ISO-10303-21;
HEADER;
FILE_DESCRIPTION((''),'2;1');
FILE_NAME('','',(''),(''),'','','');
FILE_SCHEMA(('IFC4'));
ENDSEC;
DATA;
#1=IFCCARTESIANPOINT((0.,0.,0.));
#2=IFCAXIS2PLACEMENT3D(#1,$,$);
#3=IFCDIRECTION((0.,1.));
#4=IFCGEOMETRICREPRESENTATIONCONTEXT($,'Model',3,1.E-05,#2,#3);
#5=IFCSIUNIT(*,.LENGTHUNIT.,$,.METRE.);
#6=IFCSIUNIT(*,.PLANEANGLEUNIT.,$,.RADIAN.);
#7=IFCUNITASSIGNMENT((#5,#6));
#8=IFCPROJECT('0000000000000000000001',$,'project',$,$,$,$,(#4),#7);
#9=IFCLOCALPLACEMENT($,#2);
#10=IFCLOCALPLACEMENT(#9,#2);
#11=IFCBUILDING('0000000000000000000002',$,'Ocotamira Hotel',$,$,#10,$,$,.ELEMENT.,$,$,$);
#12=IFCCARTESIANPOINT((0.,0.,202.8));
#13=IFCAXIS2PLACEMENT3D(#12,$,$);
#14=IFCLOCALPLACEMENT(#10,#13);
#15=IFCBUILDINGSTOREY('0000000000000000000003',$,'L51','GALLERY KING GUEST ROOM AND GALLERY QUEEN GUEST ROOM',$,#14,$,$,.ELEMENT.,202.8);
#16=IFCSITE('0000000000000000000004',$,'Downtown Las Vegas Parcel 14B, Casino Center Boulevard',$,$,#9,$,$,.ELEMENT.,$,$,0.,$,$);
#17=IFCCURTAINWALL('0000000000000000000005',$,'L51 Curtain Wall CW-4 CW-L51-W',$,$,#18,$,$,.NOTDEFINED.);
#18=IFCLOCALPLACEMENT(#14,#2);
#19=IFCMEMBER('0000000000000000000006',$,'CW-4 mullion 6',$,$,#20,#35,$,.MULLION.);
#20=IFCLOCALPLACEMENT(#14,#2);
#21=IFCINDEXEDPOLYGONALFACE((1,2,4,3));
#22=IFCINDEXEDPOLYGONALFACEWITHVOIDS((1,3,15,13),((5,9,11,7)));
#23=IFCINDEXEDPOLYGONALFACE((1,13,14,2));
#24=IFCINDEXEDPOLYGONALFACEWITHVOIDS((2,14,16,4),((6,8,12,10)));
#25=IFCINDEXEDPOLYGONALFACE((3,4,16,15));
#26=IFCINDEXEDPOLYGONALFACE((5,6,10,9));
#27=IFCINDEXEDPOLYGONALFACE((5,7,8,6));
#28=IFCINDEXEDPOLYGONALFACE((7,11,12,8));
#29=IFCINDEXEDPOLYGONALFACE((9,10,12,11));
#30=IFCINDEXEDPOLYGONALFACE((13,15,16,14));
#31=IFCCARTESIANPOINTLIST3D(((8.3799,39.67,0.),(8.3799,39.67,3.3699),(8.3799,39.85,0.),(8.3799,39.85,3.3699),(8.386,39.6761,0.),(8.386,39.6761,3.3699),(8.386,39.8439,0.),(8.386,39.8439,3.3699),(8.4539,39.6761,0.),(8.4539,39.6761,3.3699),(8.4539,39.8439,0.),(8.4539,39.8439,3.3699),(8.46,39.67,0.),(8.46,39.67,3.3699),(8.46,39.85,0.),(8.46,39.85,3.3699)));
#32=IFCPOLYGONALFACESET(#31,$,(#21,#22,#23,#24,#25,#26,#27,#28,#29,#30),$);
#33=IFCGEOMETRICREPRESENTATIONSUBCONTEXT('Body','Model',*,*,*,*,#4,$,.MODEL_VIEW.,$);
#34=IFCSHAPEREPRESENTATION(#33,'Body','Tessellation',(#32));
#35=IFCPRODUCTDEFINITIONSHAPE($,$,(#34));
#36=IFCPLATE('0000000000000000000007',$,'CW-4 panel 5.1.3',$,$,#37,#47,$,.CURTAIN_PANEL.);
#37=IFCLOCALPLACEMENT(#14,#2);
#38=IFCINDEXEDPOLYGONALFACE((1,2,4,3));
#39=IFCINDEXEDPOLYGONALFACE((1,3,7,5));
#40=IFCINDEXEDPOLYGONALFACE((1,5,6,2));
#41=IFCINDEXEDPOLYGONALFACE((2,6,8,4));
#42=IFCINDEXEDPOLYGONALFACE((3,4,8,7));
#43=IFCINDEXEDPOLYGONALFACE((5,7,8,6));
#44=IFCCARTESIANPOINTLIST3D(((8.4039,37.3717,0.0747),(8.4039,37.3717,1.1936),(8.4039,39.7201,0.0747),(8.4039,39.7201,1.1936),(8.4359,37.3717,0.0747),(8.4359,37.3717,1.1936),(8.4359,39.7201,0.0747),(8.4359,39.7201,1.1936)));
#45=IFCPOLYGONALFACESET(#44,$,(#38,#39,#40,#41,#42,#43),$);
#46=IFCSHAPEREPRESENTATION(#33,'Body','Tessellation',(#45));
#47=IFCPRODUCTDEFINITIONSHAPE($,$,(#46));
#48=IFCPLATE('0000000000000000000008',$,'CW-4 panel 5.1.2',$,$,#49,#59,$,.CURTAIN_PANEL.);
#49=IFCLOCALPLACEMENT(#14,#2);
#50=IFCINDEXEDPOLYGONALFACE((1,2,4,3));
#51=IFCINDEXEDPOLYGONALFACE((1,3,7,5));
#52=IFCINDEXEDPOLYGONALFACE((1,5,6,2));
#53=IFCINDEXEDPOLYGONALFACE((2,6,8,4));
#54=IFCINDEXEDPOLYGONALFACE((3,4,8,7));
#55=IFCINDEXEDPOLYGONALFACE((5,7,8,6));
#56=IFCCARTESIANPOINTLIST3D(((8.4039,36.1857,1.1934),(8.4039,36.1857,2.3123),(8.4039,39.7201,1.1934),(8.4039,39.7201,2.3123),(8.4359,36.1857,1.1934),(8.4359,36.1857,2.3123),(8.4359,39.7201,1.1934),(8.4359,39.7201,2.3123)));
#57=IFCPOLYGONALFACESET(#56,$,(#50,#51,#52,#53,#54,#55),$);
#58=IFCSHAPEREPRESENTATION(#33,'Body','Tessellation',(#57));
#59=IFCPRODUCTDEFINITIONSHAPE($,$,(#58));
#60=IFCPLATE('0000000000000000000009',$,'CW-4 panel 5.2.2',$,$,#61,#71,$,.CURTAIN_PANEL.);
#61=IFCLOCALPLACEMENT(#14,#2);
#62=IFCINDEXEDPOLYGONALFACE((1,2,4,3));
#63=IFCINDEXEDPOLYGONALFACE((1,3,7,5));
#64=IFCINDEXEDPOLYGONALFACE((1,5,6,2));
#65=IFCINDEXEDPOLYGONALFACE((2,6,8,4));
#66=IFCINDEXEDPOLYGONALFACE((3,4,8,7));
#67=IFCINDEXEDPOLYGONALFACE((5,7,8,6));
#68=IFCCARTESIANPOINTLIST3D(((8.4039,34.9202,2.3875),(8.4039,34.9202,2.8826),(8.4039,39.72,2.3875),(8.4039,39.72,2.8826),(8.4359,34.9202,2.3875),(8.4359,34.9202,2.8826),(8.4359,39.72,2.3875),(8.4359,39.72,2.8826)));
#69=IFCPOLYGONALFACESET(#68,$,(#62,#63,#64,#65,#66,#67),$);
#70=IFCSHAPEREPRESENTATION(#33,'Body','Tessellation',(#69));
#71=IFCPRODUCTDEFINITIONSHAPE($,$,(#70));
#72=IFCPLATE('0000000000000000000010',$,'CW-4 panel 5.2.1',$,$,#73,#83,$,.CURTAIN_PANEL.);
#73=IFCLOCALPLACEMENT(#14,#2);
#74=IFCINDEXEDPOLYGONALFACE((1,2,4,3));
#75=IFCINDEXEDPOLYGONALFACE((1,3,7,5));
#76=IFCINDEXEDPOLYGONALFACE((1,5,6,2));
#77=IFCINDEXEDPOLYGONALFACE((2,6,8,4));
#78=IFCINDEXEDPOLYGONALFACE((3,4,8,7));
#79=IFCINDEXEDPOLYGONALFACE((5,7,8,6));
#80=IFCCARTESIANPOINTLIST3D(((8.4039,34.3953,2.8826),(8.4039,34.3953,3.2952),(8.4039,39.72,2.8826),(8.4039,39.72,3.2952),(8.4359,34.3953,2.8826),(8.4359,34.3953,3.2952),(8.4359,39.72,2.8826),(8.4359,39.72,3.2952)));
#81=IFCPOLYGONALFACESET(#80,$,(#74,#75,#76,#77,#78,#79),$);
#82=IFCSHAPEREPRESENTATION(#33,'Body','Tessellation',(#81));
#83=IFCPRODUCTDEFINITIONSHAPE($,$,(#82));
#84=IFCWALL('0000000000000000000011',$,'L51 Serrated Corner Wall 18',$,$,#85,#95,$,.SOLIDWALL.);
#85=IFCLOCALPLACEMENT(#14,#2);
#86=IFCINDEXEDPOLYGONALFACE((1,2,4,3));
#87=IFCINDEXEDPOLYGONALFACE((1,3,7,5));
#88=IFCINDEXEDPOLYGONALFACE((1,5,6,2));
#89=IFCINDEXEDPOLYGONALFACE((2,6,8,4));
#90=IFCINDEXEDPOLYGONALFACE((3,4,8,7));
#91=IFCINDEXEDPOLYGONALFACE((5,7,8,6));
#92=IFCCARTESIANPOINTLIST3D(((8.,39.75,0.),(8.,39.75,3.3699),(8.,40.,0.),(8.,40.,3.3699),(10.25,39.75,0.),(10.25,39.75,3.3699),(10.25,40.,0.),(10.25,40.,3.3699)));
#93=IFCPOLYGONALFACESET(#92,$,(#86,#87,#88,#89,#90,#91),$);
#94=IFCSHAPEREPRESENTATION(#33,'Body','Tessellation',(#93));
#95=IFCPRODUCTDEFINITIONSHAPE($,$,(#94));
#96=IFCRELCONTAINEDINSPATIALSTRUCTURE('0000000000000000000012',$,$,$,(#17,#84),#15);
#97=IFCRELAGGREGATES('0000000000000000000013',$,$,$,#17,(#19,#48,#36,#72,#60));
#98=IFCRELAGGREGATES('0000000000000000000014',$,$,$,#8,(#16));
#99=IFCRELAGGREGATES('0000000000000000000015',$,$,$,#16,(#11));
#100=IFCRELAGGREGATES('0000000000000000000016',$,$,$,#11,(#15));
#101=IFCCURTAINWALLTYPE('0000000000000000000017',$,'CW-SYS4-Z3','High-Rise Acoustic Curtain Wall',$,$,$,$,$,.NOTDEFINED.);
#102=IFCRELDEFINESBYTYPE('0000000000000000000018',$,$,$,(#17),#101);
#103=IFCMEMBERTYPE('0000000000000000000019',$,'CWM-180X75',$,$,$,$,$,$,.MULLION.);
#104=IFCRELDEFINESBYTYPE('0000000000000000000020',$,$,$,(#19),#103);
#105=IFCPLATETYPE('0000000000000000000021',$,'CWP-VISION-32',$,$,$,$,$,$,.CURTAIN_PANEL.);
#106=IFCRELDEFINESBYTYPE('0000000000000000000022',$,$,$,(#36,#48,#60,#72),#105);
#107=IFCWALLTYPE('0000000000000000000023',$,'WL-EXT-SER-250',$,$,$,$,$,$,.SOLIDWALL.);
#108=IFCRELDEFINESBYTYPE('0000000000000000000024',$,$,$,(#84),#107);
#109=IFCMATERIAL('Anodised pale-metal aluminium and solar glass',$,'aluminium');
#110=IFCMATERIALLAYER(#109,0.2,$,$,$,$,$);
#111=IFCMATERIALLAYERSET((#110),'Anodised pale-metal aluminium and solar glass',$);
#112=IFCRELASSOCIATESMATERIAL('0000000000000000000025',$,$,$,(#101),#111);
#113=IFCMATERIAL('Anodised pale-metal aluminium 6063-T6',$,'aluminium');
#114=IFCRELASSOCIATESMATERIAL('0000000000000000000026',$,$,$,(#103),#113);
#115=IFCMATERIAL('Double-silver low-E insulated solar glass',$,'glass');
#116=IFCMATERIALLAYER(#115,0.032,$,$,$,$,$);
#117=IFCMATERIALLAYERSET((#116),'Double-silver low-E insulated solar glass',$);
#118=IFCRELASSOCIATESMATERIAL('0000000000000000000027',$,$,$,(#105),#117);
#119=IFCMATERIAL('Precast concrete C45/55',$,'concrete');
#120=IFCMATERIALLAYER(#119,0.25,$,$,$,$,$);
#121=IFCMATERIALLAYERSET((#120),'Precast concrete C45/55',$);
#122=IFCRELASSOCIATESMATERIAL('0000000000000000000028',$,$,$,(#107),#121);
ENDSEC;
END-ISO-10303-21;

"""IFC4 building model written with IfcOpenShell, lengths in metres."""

from ifc_helpers import new_model, si_unit, direction, frame, frame_2d, origin, origin_2d, place, context, subcontext, project, spatial, rectangle, hollow_rectangle, extrude, source, transform, mapped, material, layer, layer_set, material_profile, profile_set, type_object, element, aggregate, save


model = new_model("IFC4")

# Units and contexts
model_context = context("Model", 3, precision=1e-05, world=origin(), true_north=direction((0.0, 1.0)))
body_context = subcontext(model_context, "Body", "Model", "MODEL_VIEW")
ifc_project = project(units=[si_unit("LENGTHUNIT", "METRE"), si_unit("PLANEANGLEUNIT", "RADIAN")], contexts=[model_context])

# Site, building, storey
site_placement = place(None, origin())
site = spatial("IfcSite", under=ifc_project, at=site_placement, Name="Downtown Las Vegas Parcel 14B, Casino Center Boulevard", CompositionType="ELEMENT", RefElevation=0.0)
building_placement = place(site_placement, origin())
building = spatial("IfcBuilding", under=site, at=building_placement, Name="Ocotamira Hotel", CompositionType="ELEMENT")
storey_placement = place(building_placement, frame((0.0, 0.0, 202.8)))
storey = spatial("IfcBuildingStorey", under=building, at=storey_placement, Name="L51", Description="GALLERY KING GUEST ROOM AND GALLERY QUEEN GUEST ROOM", CompositionType="ELEMENT", Elevation=202.8)

# Curtain wall, member, plates
ifc_material_1 = material(Name="Anodised pale-metal aluminium and solar glass", Category="aluminium")
ifc_layer_1 = layer(ifc_material_1, 0.2)
ifc_layer_set_1 = layer_set([ifc_layer_1], Name="Anodised pale-metal aluminium and solar glass")
curtain_wall_type = type_object("IfcCurtainWallType", Name="CW-SYS4-Z3", Description="High-Rise Acoustic Curtain Wall", PredefinedType="NOTDEFINED", material=ifc_layer_set_1)
curtain_wall_placement = place(storey_placement, origin())
curtain_wall = element("IfcCurtainWall", 1, at=curtain_wall_placement, inside=storey, type_object=curtain_wall_type, Name="L51 Curtain Wall CW-4 CW-L51-W", PredefinedType="NOTDEFINED")
ifc_material_2 = material(Name="Anodised pale-metal aluminium 6063-T6", Category="aluminium")
ifc_material_profile_1 = material_profile(ifc_material_2, hollow_rectangle(XDim=0.0801, YDim=0.1799, WallThickness=0.0061, at=origin_2d()), Name="HSS180X80X6")
ifc_profile_set_1 = profile_set([ifc_material_profile_1], Name="Anodised pale-metal aluminium 6063-T6")
member_type_1 = type_object("IfcMemberType", Name="CWM-180X75", PredefinedType="MULLION", material=ifc_profile_set_1)
shared_shape_1 = source(origin(), body_context, "Body", "SweptSolid", [
    extrude(hollow_rectangle(XDim=0.0801, YDim=0.1799, WallThickness=0.0061, at=origin_2d()), origin(), (0.0, 0.0, 1.0), 3.3699),
])
member_1_placement = place(storey_placement, frame((8.4199, 39.76, 0.0), z_axis=(0.0, 0.0, 1.0), x_axis=(-1.0, 0.0, 0.0)))
member_1 = element("IfcMember", 2, at=member_1_placement, type_object=member_type_1, Name="CW-4 mullion 6", PredefinedType="MULLION", context=body_context, shape_type="MappedRepresentation", body=[
    mapped(shared_shape_1, transform((0.0, 0.0, 0.0), scale=1.0)),
])
ifc_material_3 = material(Name="Double-silver low-E insulated solar glass", Category="glass")
ifc_layer_2 = layer(ifc_material_3, 0.032)
ifc_layer_set_2 = layer_set([ifc_layer_2], Name="Double-silver low-E insulated solar glass")
plate_type = type_object("IfcPlateType", Name="CWP-VISION-32", PredefinedType="CURTAIN_PANEL", material=ifc_layer_set_2)
shared_shape_2 = source(origin(), body_context, "Body", "SweptSolid", [
    extrude(rectangle(XDim=2.3484, YDim=0.032, at=origin_2d()), origin(), (0.0, 0.0, 1.0), 1.1189),
])
plate_1_placement = place(storey_placement, frame((8.4199, 38.5459, 0.0747), z_axis=(0.0, 0.0, 1.0), x_axis=(0.0, 1.0, 0.0)))
plate_1 = element("IfcPlate", 3, at=plate_1_placement, type_object=plate_type, Name="CW-4 panel 5.1.3", PredefinedType="CURTAIN_PANEL", context=body_context, shape_type="MappedRepresentation", body=[
    mapped(shared_shape_2, transform((0.0, 0.0, 0.0), scale=1.0)),
])
shared_shape_3 = source(origin(), body_context, "Body", "SweptSolid", [
    extrude(rectangle(XDim=3.5344, YDim=0.032, at=origin_2d()), origin(), (0.0, 0.0, 1.0), 1.1189),
])
plate_2_placement = place(storey_placement, frame((8.4199, 37.9529, 1.1934), z_axis=(0.0, 0.0, 1.0), x_axis=(0.0, 1.0, 0.0)))
plate_2 = element("IfcPlate", 4, at=plate_2_placement, type_object=plate_type, Name="CW-4 panel 5.1.2", PredefinedType="CURTAIN_PANEL", context=body_context, shape_type="MappedRepresentation", body=[
    mapped(shared_shape_3, transform((0.0, 0.0, 0.0), scale=1.0)),
])
shared_shape_4 = source(origin(), body_context, "Body", "SweptSolid", [
    extrude(rectangle(XDim=4.7998, YDim=0.032, at=origin_2d()), origin(), (0.0, 0.0, 1.0), 0.4951),
])
plate_3_placement = place(storey_placement, frame((8.4199, 37.3201, 2.3875), z_axis=(0.0, 0.0, 1.0), x_axis=(0.0, 1.0, 0.0)))
plate_3 = element("IfcPlate", 5, at=plate_3_placement, type_object=plate_type, Name="CW-4 panel 5.2.2", PredefinedType="CURTAIN_PANEL", context=body_context, shape_type="MappedRepresentation", body=[
    mapped(shared_shape_4, transform((0.0, 0.0, 0.0), scale=1.0)),
])
shared_shape_5 = source(origin(), body_context, "Body", "SweptSolid", [
    extrude(rectangle(XDim=5.3247, YDim=0.032, at=origin_2d()), origin(), (0.0, 0.0, 1.0), 0.4126),
])
plate_4_placement = place(storey_placement, frame((8.4199, 37.0576, 2.8826), z_axis=(0.0, 0.0, 1.0), x_axis=(0.0, 1.0, 0.0)))
plate_4 = element("IfcPlate", 6, at=plate_4_placement, type_object=plate_type, Name="CW-4 panel 5.2.1", PredefinedType="CURTAIN_PANEL", context=body_context, shape_type="MappedRepresentation", body=[
    mapped(shared_shape_5, transform((0.0, 0.0, 0.0), scale=1.0)),
])
aggregate(curtain_wall, [member_1, plate_2, plate_1, plate_4, plate_3])

# Wall
ifc_material_4 = material(Name="Precast concrete C45/55", Category="concrete")
ifc_layer_3 = layer(ifc_material_4, 0.25)
ifc_layer_set_3 = layer_set([ifc_layer_3], Name="Precast concrete C45/55")
wall_type_1 = type_object("IfcWallType", Name="WL-EXT-SER-250", PredefinedType="SOLIDWALL", material=ifc_layer_set_3)
wall_1_placement = place(storey_placement, frame((10.25, 39.875, 0.0), z_axis=(0.0, 0.0, 1.0), x_axis=(-1.0, 0.0, 0.0)))
element("IfcWall", 7, at=wall_1_placement, inside=storey, type_object=wall_type_1, Name="L51 Serrated Corner Wall 18", PredefinedType="SOLIDWALL", context=body_context, shape_type="SweptSolid", body=[
    extrude(rectangle(XDim=2.25, YDim=0.25, at=frame_2d((1.125, 0.0))), origin(), (0.0, 0.0, 1.0), 3.3699),
])

save(model, "model.ifc")
